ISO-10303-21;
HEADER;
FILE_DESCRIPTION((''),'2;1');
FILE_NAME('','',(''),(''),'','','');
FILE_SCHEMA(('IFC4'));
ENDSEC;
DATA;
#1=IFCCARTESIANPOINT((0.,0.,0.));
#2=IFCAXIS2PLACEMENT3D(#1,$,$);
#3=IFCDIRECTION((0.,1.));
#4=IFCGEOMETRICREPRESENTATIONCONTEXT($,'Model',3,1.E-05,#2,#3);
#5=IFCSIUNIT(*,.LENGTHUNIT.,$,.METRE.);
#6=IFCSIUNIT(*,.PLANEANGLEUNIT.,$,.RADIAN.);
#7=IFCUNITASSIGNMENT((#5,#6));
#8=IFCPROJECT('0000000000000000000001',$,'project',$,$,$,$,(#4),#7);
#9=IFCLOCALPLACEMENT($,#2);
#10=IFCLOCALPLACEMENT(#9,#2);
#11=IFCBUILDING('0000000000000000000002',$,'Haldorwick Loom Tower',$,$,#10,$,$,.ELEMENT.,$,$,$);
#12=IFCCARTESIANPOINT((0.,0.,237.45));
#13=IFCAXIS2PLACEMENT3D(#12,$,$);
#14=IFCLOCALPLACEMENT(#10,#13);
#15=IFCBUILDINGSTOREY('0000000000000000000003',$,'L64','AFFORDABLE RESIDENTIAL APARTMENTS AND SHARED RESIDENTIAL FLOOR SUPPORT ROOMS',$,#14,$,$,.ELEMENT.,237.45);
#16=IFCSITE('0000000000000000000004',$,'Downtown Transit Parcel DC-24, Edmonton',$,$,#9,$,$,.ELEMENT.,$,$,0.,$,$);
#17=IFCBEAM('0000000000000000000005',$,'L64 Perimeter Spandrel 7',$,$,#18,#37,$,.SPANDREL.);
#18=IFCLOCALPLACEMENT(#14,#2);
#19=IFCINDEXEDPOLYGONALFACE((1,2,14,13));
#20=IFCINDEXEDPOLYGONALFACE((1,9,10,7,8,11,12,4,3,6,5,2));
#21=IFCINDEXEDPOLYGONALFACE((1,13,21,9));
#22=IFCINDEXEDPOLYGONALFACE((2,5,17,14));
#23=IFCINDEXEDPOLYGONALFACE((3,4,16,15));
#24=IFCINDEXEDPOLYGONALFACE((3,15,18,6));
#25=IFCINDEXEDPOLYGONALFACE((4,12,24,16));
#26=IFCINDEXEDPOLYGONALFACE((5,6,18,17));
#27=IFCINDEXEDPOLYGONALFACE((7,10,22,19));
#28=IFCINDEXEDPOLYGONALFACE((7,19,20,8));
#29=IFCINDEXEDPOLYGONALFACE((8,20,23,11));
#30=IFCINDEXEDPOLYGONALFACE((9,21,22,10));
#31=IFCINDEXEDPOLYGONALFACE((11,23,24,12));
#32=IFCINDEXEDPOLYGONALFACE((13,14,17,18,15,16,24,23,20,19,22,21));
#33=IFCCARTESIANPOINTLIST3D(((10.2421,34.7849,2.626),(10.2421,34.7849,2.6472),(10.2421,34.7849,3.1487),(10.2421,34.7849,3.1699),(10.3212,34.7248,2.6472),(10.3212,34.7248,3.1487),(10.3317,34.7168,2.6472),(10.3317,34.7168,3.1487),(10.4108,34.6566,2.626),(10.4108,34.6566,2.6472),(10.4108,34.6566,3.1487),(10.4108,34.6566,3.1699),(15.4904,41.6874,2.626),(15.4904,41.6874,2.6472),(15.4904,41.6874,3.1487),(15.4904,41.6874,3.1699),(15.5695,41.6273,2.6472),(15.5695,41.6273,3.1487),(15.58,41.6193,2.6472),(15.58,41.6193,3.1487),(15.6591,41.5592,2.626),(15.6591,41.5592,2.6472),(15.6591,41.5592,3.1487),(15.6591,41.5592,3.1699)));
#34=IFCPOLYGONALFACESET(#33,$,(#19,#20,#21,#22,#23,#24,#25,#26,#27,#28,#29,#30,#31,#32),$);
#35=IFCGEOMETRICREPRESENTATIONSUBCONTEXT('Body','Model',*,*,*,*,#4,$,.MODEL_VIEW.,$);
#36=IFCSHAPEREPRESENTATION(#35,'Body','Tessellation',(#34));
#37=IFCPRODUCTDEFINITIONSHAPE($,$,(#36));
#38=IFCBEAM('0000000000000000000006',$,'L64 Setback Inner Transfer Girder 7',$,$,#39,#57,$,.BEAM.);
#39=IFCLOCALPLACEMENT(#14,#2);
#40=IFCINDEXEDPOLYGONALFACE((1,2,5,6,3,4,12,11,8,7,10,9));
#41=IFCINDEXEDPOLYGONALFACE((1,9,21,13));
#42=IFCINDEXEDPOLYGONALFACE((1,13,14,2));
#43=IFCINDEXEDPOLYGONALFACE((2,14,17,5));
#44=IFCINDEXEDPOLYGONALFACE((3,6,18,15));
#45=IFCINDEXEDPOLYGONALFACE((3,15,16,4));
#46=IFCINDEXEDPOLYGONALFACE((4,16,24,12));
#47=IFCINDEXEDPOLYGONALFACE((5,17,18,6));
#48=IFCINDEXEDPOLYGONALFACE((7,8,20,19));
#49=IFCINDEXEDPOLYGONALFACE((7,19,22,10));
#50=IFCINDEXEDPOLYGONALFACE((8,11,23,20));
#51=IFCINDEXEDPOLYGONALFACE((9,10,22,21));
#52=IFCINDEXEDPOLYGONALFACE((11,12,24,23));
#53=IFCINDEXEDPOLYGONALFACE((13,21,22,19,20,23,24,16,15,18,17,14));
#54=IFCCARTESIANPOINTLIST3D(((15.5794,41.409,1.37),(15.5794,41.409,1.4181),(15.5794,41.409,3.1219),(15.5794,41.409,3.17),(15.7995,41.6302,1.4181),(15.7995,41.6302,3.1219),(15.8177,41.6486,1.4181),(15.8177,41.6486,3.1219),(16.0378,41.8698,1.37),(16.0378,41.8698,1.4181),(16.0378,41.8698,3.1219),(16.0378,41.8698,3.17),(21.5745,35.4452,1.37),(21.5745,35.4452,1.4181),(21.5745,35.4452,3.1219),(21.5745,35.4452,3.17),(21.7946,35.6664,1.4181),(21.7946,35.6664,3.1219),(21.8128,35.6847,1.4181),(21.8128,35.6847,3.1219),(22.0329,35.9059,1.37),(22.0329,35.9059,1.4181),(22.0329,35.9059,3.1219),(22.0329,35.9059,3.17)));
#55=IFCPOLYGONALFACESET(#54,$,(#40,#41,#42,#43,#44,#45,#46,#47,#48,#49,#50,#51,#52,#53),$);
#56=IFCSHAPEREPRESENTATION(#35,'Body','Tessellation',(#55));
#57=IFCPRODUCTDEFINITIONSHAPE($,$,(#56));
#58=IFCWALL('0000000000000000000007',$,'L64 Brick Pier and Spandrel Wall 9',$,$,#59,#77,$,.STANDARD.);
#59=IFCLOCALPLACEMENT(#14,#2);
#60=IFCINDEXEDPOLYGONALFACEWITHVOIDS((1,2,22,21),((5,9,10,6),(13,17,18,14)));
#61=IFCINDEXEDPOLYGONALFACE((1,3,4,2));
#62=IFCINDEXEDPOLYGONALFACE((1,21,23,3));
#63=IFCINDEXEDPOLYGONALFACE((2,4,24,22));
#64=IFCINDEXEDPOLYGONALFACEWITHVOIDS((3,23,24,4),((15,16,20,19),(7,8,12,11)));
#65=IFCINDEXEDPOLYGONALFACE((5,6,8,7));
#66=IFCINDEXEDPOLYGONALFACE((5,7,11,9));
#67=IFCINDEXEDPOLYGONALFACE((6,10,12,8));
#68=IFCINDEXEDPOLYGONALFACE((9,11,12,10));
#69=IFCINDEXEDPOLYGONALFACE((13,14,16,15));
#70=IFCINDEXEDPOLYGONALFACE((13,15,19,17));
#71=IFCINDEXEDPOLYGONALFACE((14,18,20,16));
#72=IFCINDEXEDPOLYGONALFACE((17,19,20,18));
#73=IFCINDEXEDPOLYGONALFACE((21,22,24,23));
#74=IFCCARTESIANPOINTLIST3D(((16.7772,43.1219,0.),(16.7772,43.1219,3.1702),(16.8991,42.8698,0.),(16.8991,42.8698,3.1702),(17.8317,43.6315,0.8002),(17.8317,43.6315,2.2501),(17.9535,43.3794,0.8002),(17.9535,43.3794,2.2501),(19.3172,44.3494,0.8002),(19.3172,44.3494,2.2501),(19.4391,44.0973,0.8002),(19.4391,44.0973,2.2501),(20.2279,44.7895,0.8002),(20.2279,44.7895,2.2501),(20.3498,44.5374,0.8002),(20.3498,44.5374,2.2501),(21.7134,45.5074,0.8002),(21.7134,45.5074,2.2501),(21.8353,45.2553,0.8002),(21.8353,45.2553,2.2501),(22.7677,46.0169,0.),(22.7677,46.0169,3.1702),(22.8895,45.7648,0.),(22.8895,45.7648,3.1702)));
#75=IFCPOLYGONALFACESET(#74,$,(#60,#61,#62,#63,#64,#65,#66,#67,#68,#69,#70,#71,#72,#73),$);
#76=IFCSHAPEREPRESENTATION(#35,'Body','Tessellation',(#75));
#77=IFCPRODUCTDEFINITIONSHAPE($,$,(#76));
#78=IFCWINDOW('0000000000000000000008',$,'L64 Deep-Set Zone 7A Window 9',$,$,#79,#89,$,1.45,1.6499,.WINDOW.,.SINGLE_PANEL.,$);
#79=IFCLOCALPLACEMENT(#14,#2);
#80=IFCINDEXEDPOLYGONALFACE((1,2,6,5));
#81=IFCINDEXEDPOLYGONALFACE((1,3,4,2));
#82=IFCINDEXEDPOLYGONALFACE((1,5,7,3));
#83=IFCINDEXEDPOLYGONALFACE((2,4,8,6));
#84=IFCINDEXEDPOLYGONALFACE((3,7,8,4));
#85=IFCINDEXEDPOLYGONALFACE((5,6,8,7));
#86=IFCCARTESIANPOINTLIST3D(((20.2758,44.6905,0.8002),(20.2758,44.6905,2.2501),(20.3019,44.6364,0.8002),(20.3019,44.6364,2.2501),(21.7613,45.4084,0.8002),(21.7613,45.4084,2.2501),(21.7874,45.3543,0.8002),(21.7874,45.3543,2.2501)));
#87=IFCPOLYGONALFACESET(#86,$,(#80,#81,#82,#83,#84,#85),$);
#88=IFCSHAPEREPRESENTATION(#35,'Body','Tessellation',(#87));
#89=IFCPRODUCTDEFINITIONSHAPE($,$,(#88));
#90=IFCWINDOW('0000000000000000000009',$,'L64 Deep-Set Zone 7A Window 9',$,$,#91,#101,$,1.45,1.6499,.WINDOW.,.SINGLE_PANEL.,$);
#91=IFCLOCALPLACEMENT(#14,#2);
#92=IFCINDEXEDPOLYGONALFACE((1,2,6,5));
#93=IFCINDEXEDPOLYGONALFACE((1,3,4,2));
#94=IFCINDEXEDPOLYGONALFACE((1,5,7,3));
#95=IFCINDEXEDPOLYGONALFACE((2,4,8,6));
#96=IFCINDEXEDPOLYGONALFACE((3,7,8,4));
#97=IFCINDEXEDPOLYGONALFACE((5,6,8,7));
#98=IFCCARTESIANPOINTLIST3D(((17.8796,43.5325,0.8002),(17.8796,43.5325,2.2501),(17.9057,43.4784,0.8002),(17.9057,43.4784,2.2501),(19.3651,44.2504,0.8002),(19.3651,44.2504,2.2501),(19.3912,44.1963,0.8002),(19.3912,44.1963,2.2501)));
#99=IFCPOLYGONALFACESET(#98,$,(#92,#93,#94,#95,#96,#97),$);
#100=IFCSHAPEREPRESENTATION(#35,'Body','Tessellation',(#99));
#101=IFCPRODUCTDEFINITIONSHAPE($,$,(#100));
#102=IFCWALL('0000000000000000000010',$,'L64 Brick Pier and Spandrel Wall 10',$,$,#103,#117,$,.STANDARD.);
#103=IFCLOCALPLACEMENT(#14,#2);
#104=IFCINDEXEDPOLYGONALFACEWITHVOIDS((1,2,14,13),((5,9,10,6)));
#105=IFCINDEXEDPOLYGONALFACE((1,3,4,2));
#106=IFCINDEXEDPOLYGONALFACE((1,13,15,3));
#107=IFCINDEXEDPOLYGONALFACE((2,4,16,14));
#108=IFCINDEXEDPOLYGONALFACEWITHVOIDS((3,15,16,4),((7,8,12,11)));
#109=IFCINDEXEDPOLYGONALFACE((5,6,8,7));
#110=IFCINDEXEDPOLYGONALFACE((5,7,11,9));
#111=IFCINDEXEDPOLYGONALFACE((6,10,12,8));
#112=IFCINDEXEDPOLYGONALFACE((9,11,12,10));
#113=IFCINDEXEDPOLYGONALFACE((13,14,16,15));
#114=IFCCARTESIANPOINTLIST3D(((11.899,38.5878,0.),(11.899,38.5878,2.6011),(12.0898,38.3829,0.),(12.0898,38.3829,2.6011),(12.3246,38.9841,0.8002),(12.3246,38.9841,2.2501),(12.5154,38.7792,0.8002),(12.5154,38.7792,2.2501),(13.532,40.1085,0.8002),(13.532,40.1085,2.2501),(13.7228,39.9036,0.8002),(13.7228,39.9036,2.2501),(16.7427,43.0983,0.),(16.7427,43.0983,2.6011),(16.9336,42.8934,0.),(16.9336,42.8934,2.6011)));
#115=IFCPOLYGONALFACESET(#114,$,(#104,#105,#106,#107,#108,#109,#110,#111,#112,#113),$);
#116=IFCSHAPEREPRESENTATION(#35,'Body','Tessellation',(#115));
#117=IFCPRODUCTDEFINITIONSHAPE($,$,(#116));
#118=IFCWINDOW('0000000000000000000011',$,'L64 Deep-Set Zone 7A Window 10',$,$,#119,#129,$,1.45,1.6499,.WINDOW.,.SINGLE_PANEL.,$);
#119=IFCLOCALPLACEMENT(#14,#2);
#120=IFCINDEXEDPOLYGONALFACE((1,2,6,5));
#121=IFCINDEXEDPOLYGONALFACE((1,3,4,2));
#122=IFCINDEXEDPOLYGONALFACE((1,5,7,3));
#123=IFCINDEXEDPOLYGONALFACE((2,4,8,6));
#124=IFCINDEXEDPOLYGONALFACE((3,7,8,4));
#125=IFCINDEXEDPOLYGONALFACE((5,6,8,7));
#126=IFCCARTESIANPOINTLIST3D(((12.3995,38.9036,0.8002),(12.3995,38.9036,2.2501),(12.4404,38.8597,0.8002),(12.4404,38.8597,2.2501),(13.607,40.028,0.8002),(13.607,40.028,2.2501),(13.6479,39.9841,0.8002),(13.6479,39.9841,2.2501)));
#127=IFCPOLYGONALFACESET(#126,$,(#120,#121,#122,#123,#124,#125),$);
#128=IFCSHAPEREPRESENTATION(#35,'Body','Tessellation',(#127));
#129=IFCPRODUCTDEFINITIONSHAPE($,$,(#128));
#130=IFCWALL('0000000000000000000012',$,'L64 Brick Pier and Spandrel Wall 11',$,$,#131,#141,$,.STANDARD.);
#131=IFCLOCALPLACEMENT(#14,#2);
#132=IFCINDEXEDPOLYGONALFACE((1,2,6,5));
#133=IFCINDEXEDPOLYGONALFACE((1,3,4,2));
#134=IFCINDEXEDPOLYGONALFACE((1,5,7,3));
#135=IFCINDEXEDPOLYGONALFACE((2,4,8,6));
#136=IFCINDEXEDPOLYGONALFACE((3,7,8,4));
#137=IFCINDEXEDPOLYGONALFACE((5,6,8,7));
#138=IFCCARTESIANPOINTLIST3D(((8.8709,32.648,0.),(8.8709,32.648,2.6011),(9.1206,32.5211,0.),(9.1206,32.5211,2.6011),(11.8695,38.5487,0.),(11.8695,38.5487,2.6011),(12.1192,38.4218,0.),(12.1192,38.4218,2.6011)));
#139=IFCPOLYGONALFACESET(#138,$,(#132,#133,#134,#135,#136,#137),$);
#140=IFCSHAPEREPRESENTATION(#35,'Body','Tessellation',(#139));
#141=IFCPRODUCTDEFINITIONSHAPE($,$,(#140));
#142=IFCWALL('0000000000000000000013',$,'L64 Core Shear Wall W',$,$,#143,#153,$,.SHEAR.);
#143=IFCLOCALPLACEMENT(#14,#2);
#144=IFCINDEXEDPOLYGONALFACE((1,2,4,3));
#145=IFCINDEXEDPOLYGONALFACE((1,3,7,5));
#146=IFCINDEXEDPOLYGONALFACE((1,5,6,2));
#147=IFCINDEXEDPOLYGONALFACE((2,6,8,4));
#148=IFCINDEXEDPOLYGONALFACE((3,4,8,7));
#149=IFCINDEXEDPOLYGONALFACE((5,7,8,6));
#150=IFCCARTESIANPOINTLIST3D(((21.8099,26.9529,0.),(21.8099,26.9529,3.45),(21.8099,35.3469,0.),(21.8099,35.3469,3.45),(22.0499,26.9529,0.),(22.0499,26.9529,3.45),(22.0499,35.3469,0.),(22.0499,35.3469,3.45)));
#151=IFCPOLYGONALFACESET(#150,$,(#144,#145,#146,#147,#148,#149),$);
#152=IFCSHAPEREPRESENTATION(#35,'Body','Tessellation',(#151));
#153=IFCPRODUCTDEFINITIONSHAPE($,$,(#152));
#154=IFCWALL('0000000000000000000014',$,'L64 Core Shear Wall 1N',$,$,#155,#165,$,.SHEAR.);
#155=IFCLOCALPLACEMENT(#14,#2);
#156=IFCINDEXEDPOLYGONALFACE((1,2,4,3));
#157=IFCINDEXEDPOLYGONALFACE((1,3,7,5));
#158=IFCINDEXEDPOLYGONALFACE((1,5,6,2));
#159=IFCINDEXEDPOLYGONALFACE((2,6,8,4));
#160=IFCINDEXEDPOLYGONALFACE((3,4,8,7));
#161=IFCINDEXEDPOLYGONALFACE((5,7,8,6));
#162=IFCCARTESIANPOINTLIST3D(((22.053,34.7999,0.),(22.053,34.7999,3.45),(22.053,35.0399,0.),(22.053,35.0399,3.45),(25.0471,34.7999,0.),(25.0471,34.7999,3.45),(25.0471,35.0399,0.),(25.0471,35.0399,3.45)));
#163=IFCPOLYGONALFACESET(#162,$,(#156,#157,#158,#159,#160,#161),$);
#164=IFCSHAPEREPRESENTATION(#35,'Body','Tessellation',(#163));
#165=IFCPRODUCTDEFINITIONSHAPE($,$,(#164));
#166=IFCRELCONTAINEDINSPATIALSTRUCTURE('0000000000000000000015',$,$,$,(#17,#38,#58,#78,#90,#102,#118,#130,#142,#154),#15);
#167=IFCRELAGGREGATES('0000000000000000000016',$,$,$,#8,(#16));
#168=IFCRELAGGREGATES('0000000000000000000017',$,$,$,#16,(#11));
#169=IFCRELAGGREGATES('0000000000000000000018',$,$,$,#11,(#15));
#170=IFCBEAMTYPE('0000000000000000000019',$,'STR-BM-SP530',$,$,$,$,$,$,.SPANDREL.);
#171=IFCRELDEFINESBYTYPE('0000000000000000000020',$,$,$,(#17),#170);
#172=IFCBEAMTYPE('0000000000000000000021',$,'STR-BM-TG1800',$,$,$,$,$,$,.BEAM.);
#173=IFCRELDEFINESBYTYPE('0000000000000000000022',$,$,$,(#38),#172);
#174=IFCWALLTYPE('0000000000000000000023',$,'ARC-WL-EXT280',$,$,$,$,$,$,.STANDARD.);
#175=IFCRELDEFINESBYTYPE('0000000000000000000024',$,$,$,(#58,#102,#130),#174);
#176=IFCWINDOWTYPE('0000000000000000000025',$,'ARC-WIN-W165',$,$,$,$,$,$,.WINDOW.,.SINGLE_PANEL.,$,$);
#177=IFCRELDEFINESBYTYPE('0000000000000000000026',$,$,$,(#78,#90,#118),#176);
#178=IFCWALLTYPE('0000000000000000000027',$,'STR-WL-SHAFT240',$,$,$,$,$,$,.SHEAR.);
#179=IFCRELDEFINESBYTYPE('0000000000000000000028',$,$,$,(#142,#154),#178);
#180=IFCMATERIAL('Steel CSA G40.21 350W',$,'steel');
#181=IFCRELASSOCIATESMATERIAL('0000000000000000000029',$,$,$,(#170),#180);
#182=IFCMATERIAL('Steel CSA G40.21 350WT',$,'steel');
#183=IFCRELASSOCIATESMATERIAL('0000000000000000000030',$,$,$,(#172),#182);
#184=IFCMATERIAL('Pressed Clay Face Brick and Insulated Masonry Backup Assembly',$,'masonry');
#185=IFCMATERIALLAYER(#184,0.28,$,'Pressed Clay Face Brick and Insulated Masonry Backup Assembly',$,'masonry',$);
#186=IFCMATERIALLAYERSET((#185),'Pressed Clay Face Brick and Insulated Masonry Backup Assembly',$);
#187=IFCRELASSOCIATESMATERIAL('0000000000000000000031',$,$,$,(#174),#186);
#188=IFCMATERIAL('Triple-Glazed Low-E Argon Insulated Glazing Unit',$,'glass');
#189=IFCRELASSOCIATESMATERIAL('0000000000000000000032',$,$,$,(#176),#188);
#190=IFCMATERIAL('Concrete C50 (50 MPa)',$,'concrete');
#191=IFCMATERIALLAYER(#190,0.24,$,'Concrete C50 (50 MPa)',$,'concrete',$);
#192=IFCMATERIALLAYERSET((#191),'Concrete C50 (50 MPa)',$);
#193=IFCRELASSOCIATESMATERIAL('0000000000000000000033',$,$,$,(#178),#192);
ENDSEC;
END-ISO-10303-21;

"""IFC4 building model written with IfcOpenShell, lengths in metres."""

from ifc_helpers import new_model, si_unit, direction, frame, frame_2d, origin, origin_2d, place, context, subcontext, project, spatial, rectangle, i_section, extrude, material, layer, layer_set, material_profile, profile_set, type_object, element, fill, save


model = new_model("IFC4")

# Units and contexts
model_context = context("Model", 3, precision=1e-05, world=origin(), true_north=direction((0.0, 1.0)))
body_context = subcontext(model_context, "Body", "Model", "MODEL_VIEW")
ifc_project = project(units=[si_unit("LENGTHUNIT", "METRE"), si_unit("PLANEANGLEUNIT", "RADIAN")], contexts=[model_context])

# Site, building, storey
site_placement = place(None, origin())
site = spatial("IfcSite", under=ifc_project, at=site_placement, Name="Downtown Transit Parcel DC-24, Edmonton", CompositionType="ELEMENT", RefElevation=0.0)
building_placement = place(site_placement, origin())
building = spatial("IfcBuilding", under=site, at=building_placement, Name="Haldorwick Loom Tower", CompositionType="ELEMENT")
storey_placement = place(building_placement, frame((0.0, 0.0, 237.45)))
storey = spatial("IfcBuildingStorey", under=building, at=storey_placement, Name="L64", Description="AFFORDABLE RESIDENTIAL APARTMENTS AND SHARED RESIDENTIAL FLOOR SUPPORT ROOMS", CompositionType="ELEMENT", Elevation=237.45)

# Shared definitions
ifc_material_1 = material(Name="Steel CSA G40.21 350W", Category="steel")

# Beams
ifc_material_2 = material(Name="Concrete C50 (50 MPa)", Category="concrete")
ifc_material_profile_1 = material_profile(ifc_material_1, i_section(OverallWidth=0.2119, OverallDepth=0.5439, WebThickness=0.0132, FlangeThickness=0.0212, at=origin_2d()), Name="W530X123", Category="steel")
ifc_profile_set_1 = profile_set([ifc_material_profile_1], Name="Steel CSA G40.21 350W")
beam_type_1 = type_object("IfcBeamType", Name="STR-BM-SP530", PredefinedType="SPANDREL", material=ifc_profile_set_1)
beam_1_placement = place(storey_placement, frame((15.5747, 41.6233, 2.8979), z_axis=(-0.605253, -0.796033, 0.0), x_axis=(0.796033, -0.605253, 0.0)))
element("IfcBeam", 1, at=beam_1_placement, inside=storey, type_object=beam_type_1, Name="L64 Perimeter Spandrel 7", PredefinedType="SPANDREL", context=body_context, shape_type="SweptSolid", body=[
    extrude(i_section(OverallWidth=0.2119, OverallDepth=0.5439, WebThickness=0.0132, FlangeThickness=0.0212, at=origin_2d()), origin(), (0.0, 0.0, 1.0), 8.6711),
])
ifc_material_3 = material(Name="Steel CSA G40.21 350WT", Category="steel")
ifc_material_profile_2 = material_profile(ifc_material_3, i_section(OverallWidth=0.6499, OverallDepth=1.8, WebThickness=0.0259, FlangeThickness=0.0481, at=origin_2d()), Name="WWF1800X650", Category="steel")
ifc_profile_set_2 = profile_set([ifc_material_profile_2], Name="Steel CSA G40.21 350WT")
beam_type_2 = type_object("IfcBeamType", Name="STR-BM-TG1800", PredefinedType="BEAM", material=ifc_profile_set_2)
beam_2_placement = place(storey_placement, frame((21.8037, 35.6755, 2.27), z_axis=(-0.708952, 0.705257, 0.0), x_axis=(-0.705257, -0.708952, 0.0)))
element("IfcBeam", 2, at=beam_2_placement, inside=storey, type_object=beam_type_2, Name="L64 Setback Inner Transfer Girder 7", PredefinedType="BEAM", context=body_context, shape_type="SweptSolid", body=[
    extrude(i_section(OverallWidth=0.6499, OverallDepth=1.8, WebThickness=0.0259, FlangeThickness=0.0481, at=origin_2d()), origin(), (0.0, 0.0, 1.0), 8.4563),
])

# Wall, openings, windows
ifc_material_4 = material(Name="Pressed Clay Face Brick and Insulated Masonry Backup Assembly", Category="masonry")
ifc_layer_1 = layer(ifc_material_4, 0.28, Name="Pressed Clay Face Brick and Insulated Masonry Backup Assembly", Category="masonry")
ifc_layer_set_1 = layer_set([ifc_layer_1], Name="Pressed Clay Face Brick and Insulated Masonry Backup Assembly")
wall_type_1 = type_object("IfcWallType", Name="ARC-WL-EXT280", PredefinedType="STANDARD", material=ifc_layer_set_1)
wall_1_placement = place(storey_placement, frame((22.8286, 45.8909, 0.0), z_axis=(0.0, 0.0, 1.0), x_axis=(-0.900371, -0.435123, 0.0)))
wall_1 = element("IfcWall", 3, at=wall_1_placement, inside=storey, type_object=wall_type_1, Name="L64 Brick Pier and Spandrel Wall 9", PredefinedType="STANDARD", context=body_context, shape_type="SweptSolid", body=[
    extrude(rectangle(XDim=6.6533, YDim=0.28, at=frame_2d((3.3267, 0.0))), origin(), (0.0, 0.0, 1.0), 3.1702),
])
opening_1_placement = place(wall_1_placement, frame((1.1709, 0.0, 0.8)))
opening_1 = element("IfcOpeningElement", 4, at=opening_1_placement, cuts=wall_1, PredefinedType="OPENING", context=body_context, shape_type="SweptSolid", body=[
    extrude(rectangle(XDim=1.6499, YDim=1.45, at=frame_2d((0.825, 0.7251))), frame((0.0, 0.1499, 0.0), z_axis=(0.0, -1.0, 0.0), x_axis=(1.0, 0.0, 0.0)), (0.0, 0.0, 1.0), 0.3),
])
opening_2_placement = place(wall_1_placement, frame((3.8323, 0.0, 0.8)))
opening_2 = element("IfcOpeningElement", 5, at=opening_2_placement, cuts=wall_1, PredefinedType="OPENING", context=body_context, shape_type="SweptSolid", body=[
    extrude(rectangle(XDim=1.6499, YDim=1.45, at=frame_2d((0.825, 0.7251))), frame((0.0, 0.1499, 0.0), z_axis=(0.0, -1.0, 0.0), x_axis=(1.0, 0.0, 0.0)), (0.0, 0.0, 1.0), 0.3),
])
ifc_material_5 = material(Name="Triple-Glazed Low-E Argon Insulated Glazing Unit", Category="glass")
window_type = type_object("IfcWindowType", Name="ARC-WIN-W165", PartitioningType="SINGLE_PANEL", PredefinedType="WINDOW", material=ifc_material_5)
window_1_placement = place(opening_1_placement, origin())
window_1 = element("IfcWindow", 6, at=window_1_placement, inside=storey, type_object=window_type, Name="L64 Deep-Set Zone 7A Window 9", OverallHeight=1.45, OverallWidth=1.6499, PartitioningType="SINGLE_PANEL", PredefinedType="WINDOW", context=body_context, shape_type="SweptSolid", body=[
    extrude(rectangle(XDim=1.6499, YDim=1.45, at=frame_2d((0.825, 0.7251))), frame((0.0, 0.03, 0.0), z_axis=(0.0, -1.0, 0.0), x_axis=(1.0, 0.0, 0.0)), (0.0, 0.0, 1.0), 0.0601),
])
fill(opening_1, window_1)
window_2_placement = place(opening_2_placement, origin())
window_2 = element("IfcWindow", 7, at=window_2_placement, inside=storey, type_object=window_type, Name="L64 Deep-Set Zone 7A Window 9", OverallHeight=1.45, OverallWidth=1.6499, PartitioningType="SINGLE_PANEL", PredefinedType="WINDOW", context=body_context, shape_type="SweptSolid", body=[
    extrude(rectangle(XDim=1.6499, YDim=1.45, at=frame_2d((0.825, 0.7251))), frame((0.0, 0.03, 0.0), z_axis=(0.0, -1.0, 0.0), x_axis=(1.0, 0.0, 0.0)), (0.0, 0.0, 1.0), 0.0601),
])
fill(opening_2, window_2)

# Wall, opening, window
wall_2_placement = place(storey_placement, frame((16.8381, 42.9958, 0.0), z_axis=(0.0, 0.0, 1.0), x_axis=(-0.731834, -0.681483, 0.0)))
wall_2 = element("IfcWall", 8, at=wall_2_placement, inside=storey, type_object=wall_type_1, Name="L64 Brick Pier and Spandrel Wall 10", PredefinedType="STANDARD", context=body_context, shape_type="SweptSolid", body=[
    extrude(rectangle(XDim=6.6187, YDim=0.28, at=frame_2d((3.3093, 0.0))), origin(), (0.0, 0.0, 1.0), 2.6011),
])
opening_3_placement = place(wall_2_placement, frame((4.3872, 0.0, 0.8)))
opening_3 = element("IfcOpeningElement", 9, at=opening_3_placement, cuts=wall_2, PredefinedType="OPENING", context=body_context, shape_type="SweptSolid", body=[
    extrude(rectangle(XDim=1.6499, YDim=1.45, at=frame_2d((0.825, 0.7251))), frame((0.0, 0.1499, 0.0), z_axis=(0.0, -1.0, 0.0), x_axis=(1.0, 0.0, 0.0)), (0.0, 0.0, 1.0), 0.3),
])
window_3_placement = place(opening_3_placement, origin())
window_3 = element("IfcWindow", 10, at=window_3_placement, inside=storey, type_object=window_type, Name="L64 Deep-Set Zone 7A Window 10", OverallHeight=1.45, OverallWidth=1.6499, PartitioningType="SINGLE_PANEL", PredefinedType="WINDOW", context=body_context, shape_type="SweptSolid", body=[
    extrude(rectangle(XDim=1.6499, YDim=1.45, at=frame_2d((0.825, 0.7251))), frame((0.0, 0.03, 0.0), z_axis=(0.0, -1.0, 0.0), x_axis=(1.0, 0.0, 0.0)), (0.0, 0.0, 1.0), 0.0601),
])
fill(opening_3, window_3)

# Walls
wall_3_placement = place(storey_placement, frame((11.9944, 38.4854, 0.0), z_axis=(0.0, 0.0, 1.0), x_axis=(-0.453032, -0.891494, 0.0)))
element("IfcWall", 11, at=wall_3_placement, inside=storey, type_object=wall_type_1, Name="L64 Brick Pier and Spandrel Wall 11", PredefinedType="STANDARD", context=body_context, shape_type="SweptSolid", body=[
    extrude(rectangle(XDim=6.6189, YDim=0.28, at=frame_2d((3.3096, 0.0))), origin(), (0.0, 0.0, 1.0), 2.6011),
])
ifc_layer_2 = layer(ifc_material_2, 0.24, Name="Concrete C50 (50 MPa)", Category="concrete")
ifc_layer_set_2 = layer_set([ifc_layer_2], Name="Concrete C50 (50 MPa)")
wall_type_2 = type_object("IfcWallType", Name="STR-WL-SHAFT240", PredefinedType="SHEAR", material=ifc_layer_set_2)
wall_4_placement = place(storey_placement, frame((21.9299, 35.3469, 0.0), z_axis=(0.0, 0.0, 1.0), x_axis=(0.0, -1.0, 0.0)))
element("IfcWall", 12, at=wall_4_placement, inside=storey, type_object=wall_type_2, Name="L64 Core Shear Wall W", PredefinedType="SHEAR", context=body_context, shape_type="SweptSolid", body=[
    extrude(rectangle(XDim=8.394, YDim=0.24, at=frame_2d((4.197, 0.0))), origin(), (0.0, 0.0, 1.0), 3.45),
])
wall_5_placement = place(storey_placement, frame((22.053, 34.9199, 0.0), z_axis=(0.0, 0.0, 1.0), x_axis=(1.0, 0.0, 0.0)))
element("IfcWall", 13, at=wall_5_placement, inside=storey, type_object=wall_type_2, Name="L64 Core Shear Wall 1N", PredefinedType="SHEAR", context=body_context, shape_type="SweptSolid", body=[
    extrude(rectangle(XDim=2.9941, YDim=0.24, at=frame_2d((1.4971, 0.0))), origin(), (0.0, 0.0, 1.0), 3.45),
])

save(model, "model.ifc")
